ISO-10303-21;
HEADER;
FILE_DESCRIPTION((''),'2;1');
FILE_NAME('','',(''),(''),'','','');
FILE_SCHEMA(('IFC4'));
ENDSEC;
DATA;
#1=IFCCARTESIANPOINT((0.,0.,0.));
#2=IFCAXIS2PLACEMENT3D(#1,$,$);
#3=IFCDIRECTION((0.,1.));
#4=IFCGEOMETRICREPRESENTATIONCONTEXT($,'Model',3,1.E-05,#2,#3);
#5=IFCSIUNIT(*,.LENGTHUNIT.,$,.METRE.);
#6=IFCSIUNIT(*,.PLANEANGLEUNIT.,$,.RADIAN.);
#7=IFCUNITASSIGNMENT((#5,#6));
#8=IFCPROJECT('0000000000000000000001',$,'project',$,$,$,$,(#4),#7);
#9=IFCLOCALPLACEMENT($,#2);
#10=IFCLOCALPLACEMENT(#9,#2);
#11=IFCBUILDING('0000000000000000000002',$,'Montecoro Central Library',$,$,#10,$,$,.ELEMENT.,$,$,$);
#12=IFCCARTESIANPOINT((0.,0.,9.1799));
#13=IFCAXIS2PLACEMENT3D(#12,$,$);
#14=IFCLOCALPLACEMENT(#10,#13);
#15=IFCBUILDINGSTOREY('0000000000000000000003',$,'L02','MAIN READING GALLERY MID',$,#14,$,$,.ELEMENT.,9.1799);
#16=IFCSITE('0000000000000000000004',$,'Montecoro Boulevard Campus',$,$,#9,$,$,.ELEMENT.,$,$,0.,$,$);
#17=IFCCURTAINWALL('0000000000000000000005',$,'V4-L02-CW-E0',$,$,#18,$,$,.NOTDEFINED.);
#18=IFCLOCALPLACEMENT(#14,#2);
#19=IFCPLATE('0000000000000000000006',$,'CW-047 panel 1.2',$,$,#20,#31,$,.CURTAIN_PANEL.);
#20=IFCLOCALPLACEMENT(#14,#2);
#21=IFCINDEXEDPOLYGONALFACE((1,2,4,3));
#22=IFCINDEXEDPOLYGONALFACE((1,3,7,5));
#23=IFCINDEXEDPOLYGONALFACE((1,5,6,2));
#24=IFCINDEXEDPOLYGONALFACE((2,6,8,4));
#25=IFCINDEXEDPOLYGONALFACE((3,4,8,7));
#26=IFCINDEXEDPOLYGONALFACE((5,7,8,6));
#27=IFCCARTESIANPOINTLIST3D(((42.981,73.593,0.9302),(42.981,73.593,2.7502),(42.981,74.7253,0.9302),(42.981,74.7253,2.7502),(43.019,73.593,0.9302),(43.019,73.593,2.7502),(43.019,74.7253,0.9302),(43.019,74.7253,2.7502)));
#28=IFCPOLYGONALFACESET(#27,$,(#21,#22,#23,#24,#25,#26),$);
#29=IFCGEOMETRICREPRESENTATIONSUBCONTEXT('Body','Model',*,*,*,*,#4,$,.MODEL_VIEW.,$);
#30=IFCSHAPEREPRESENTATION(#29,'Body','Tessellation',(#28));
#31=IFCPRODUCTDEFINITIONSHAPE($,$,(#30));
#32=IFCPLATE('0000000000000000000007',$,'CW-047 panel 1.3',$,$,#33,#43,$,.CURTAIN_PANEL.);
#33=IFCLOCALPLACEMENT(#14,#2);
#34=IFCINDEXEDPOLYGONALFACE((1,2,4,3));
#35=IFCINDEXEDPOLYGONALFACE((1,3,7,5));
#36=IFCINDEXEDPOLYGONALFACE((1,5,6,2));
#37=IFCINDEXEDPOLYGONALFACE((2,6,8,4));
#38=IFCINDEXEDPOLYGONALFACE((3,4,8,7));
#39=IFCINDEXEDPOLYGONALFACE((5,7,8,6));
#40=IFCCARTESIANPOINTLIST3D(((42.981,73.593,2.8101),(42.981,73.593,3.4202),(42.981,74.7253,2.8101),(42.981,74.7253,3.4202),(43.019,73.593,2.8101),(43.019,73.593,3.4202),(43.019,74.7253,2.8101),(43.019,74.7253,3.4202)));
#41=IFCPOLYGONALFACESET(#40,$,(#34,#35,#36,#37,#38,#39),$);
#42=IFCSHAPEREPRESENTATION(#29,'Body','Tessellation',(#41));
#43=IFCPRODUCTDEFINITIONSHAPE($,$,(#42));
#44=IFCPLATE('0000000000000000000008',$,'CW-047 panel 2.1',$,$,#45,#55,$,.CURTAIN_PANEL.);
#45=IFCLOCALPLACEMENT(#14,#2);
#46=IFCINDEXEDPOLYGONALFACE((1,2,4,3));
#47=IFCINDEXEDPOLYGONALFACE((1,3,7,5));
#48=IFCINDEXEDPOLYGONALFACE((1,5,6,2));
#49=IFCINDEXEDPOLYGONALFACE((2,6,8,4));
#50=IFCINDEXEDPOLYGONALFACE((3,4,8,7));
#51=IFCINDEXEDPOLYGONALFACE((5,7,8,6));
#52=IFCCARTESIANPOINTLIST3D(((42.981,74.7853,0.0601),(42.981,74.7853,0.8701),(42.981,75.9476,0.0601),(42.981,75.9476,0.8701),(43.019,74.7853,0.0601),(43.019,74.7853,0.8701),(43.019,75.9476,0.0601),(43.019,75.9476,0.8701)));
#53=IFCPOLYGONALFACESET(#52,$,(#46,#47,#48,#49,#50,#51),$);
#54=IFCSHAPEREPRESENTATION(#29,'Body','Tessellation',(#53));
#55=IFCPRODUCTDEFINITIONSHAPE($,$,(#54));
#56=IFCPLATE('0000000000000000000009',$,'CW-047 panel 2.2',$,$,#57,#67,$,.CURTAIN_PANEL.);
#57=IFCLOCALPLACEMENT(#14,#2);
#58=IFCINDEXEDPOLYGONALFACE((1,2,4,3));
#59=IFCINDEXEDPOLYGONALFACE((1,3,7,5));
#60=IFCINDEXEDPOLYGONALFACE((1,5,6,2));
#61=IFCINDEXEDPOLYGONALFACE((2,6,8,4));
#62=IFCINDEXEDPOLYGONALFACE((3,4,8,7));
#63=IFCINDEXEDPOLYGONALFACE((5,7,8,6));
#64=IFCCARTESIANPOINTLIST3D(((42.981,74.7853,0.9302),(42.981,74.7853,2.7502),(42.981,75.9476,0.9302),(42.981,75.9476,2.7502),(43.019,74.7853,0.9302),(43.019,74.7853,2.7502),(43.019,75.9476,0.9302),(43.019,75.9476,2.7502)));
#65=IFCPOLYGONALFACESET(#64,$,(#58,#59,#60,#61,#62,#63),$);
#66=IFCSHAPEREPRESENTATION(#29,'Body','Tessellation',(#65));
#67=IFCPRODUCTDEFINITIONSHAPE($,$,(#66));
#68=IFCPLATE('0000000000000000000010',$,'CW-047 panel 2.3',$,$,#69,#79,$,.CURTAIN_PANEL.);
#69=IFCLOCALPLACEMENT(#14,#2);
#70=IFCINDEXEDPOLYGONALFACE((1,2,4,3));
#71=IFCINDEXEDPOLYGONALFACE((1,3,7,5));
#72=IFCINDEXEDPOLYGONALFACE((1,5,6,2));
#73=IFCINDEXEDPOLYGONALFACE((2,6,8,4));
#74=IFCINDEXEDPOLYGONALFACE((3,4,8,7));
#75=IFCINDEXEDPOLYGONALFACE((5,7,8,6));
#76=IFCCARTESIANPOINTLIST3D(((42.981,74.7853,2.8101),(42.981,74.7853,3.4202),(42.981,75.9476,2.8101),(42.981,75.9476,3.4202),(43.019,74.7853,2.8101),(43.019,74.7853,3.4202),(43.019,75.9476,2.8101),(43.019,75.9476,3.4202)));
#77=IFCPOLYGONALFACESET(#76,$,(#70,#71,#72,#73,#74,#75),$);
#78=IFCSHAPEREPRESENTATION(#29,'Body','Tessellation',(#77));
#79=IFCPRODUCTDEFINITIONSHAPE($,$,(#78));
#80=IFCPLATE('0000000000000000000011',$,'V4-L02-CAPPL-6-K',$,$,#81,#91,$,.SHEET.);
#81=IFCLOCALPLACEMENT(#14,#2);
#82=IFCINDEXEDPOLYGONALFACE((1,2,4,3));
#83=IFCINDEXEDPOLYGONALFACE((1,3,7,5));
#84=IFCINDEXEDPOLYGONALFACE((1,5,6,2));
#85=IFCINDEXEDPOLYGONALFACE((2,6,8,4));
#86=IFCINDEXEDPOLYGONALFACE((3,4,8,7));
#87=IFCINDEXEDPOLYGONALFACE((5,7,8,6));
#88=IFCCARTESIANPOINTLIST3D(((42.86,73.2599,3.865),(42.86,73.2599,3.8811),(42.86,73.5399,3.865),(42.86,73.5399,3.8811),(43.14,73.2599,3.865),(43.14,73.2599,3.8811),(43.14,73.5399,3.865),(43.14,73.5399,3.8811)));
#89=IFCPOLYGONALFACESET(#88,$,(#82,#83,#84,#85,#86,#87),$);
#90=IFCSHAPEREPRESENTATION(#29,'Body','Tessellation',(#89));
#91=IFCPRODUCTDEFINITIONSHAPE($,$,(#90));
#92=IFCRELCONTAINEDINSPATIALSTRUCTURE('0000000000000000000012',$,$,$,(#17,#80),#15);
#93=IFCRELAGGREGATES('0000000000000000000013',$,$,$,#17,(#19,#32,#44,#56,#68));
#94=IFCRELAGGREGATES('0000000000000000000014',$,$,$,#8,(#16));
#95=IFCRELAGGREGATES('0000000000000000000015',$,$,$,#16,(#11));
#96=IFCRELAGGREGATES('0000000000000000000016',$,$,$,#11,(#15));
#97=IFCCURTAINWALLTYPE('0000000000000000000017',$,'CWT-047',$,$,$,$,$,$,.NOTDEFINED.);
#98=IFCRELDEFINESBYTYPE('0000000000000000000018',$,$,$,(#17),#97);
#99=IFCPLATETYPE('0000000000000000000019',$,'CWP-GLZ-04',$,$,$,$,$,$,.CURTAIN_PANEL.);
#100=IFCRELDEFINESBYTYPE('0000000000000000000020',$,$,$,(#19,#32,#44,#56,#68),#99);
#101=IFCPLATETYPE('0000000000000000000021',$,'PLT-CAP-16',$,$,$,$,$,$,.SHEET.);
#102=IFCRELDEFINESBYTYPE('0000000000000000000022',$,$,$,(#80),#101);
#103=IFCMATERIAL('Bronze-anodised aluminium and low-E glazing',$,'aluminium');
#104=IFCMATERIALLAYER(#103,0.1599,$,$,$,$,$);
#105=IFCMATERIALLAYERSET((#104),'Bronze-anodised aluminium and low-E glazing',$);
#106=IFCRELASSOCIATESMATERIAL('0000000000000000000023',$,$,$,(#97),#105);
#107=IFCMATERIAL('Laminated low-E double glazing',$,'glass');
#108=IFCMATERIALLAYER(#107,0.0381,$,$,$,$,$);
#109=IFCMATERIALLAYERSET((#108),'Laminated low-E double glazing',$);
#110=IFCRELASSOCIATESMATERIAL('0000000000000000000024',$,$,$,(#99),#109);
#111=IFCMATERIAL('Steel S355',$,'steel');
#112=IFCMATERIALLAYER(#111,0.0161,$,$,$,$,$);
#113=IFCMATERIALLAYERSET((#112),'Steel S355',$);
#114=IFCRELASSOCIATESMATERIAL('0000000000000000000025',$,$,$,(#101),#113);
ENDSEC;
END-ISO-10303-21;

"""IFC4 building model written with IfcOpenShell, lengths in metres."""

from ifc_helpers import new_model, si_unit, direction, frame, origin, origin_2d, place, context, subcontext, project, spatial, rectangle, extrude, material, layer, layer_set, type_object, element, aggregate, save


model = new_model("IFC4")

# Units and contexts
model_context = context("Model", 3, precision=1e-05, world=origin(), true_north=direction((0.0, 1.0)))
body_context = subcontext(model_context, "Body", "Model", "MODEL_VIEW")
ifc_project = project(units=[si_unit("LENGTHUNIT", "METRE"), si_unit("PLANEANGLEUNIT", "RADIAN")], contexts=[model_context])

# Site, building, storey
site_placement = place(None, origin())
site = spatial("IfcSite", under=ifc_project, at=site_placement, Name="Montecoro Boulevard Campus", CompositionType="ELEMENT", RefElevation=0.0)
building_placement = place(site_placement, origin())
building = spatial("IfcBuilding", under=site, at=building_placement, Name="Montecoro Central Library", CompositionType="ELEMENT")
storey_placement = place(building_placement, frame((0.0, 0.0, 9.1799)))
storey = spatial("IfcBuildingStorey", under=building, at=storey_placement, Name="L02", Description="MAIN READING GALLERY MID", CompositionType="ELEMENT", Elevation=9.1799)

# Shared definitions
ifc_material_1 = material(Name="Steel S355", Category="steel")

# Curtain wall
ifc_material_2 = material(Name="Bronze-anodised aluminium and low-E glazing", Category="aluminium")
ifc_layer_1 = layer(ifc_material_2, 0.1599)
ifc_layer_set_1 = layer_set([ifc_layer_1], Name="Bronze-anodised aluminium and low-E glazing")
curtain_wall_type_1 = type_object("IfcCurtainWallType", Name="CWT-047", PredefinedType="NOTDEFINED", material=ifc_layer_set_1)
curtain_wall_1_placement = place(storey_placement, origin())
curtain_wall_1 = element("IfcCurtainWall", 1, at=curtain_wall_1_placement, inside=storey, type_object=curtain_wall_type_1, Name="V4-L02-CW-E0", PredefinedType="NOTDEFINED")

# Plates
ifc_material_3 = material(Name="Laminated low-E double glazing", Category="glass")
ifc_layer_2 = layer(ifc_material_3, 0.0381)
ifc_layer_set_2 = layer_set([ifc_layer_2], Name="Laminated low-E double glazing")
plate_type_1 = type_object("IfcPlateType", Name="CWP-GLZ-04", PredefinedType="CURTAIN_PANEL", material=ifc_layer_set_2)
plate_1_placement = place(storey_placement, frame((43.0, 74.1592, 0.9302), z_axis=(0.0, 0.0, 1.0), x_axis=(0.0, 1.0, 0.0)))
plate_1 = element("IfcPlate", 2, at=plate_1_placement, type_object=plate_type_1, Name="CW-047 panel 1.2", PredefinedType="CURTAIN_PANEL", context=body_context, shape_type="SweptSolid", body=[
    extrude(rectangle(XDim=1.1323, YDim=0.0381, at=origin_2d()), origin(), (0.0, 0.0, 1.0), 1.8201),
])
plate_2_placement = place(storey_placement, frame((43.0, 74.1592, 2.8101), z_axis=(0.0, 0.0, 1.0), x_axis=(0.0, 1.0, 0.0)))
plate_2 = element("IfcPlate", 3, at=plate_2_placement, type_object=plate_type_1, Name="CW-047 panel 1.3", PredefinedType="CURTAIN_PANEL", context=body_context, shape_type="SweptSolid", body=[
    extrude(rectangle(XDim=1.1323, YDim=0.0381, at=origin_2d()), origin(), (0.0, 0.0, 1.0), 0.6101),
])
plate_3_placement = place(storey_placement, frame((43.0, 75.3665, 0.0601), z_axis=(0.0, 0.0, 1.0), x_axis=(0.0, 1.0, 0.0)))
plate_3 = element("IfcPlate", 4, at=plate_3_placement, type_object=plate_type_1, Name="CW-047 panel 2.1", PredefinedType="CURTAIN_PANEL", context=body_context, shape_type="SweptSolid", body=[
    extrude(rectangle(XDim=1.1624, YDim=0.0381, at=origin_2d()), origin(), (0.0, 0.0, 1.0), 0.8101),
])
plate_4_placement = place(storey_placement, frame((43.0, 75.3665, 0.9302), z_axis=(0.0, 0.0, 1.0), x_axis=(0.0, 1.0, 0.0)))
plate_4 = element("IfcPlate", 5, at=plate_4_placement, type_object=plate_type_1, Name="CW-047 panel 2.2", PredefinedType="CURTAIN_PANEL", context=body_context, shape_type="SweptSolid", body=[
    extrude(rectangle(XDim=1.1624, YDim=0.0381, at=origin_2d()), origin(), (0.0, 0.0, 1.0), 1.8201),
])
plate_5_placement = place(storey_placement, frame((43.0, 75.3665, 2.8101), z_axis=(0.0, 0.0, 1.0), x_axis=(0.0, 1.0, 0.0)))
plate_5 = element("IfcPlate", 6, at=plate_5_placement, type_object=plate_type_1, Name="CW-047 panel 2.3", PredefinedType="CURTAIN_PANEL", context=body_context, shape_type="SweptSolid", body=[
    extrude(rectangle(XDim=1.1624, YDim=0.0381, at=origin_2d()), origin(), (0.0, 0.0, 1.0), 0.6101),
])
aggregate(curtain_wall_1, [plate_1, plate_2, plate_3, plate_4, plate_5])
ifc_layer_3 = layer(ifc_material_1, 0.0161)
ifc_layer_set_3 = layer_set([ifc_layer_3], Name="Steel S355")
plate_type_2 = type_object("IfcPlateType", Name="PLT-CAP-16", PredefinedType="SHEET", material=ifc_layer_set_3)
plate_6_placement = place(storey_placement, frame((43.0, 73.3999, 3.865), z_axis=(0.0, 0.0, 1.0), x_axis=(1.0, 0.0, 0.0)))
element("IfcPlate", 7, at=plate_6_placement, inside=storey, type_object=plate_type_2, Name="V4-L02-CAPPL-6-K", PredefinedType="SHEET", context=body_context, shape_type="SweptSolid", body=[
    extrude(rectangle(XDim=0.28, YDim=0.28, at=origin_2d()), origin(), (0.0, 0.0, 1.0), 0.0161),
])

save(model, "model.ifc")
